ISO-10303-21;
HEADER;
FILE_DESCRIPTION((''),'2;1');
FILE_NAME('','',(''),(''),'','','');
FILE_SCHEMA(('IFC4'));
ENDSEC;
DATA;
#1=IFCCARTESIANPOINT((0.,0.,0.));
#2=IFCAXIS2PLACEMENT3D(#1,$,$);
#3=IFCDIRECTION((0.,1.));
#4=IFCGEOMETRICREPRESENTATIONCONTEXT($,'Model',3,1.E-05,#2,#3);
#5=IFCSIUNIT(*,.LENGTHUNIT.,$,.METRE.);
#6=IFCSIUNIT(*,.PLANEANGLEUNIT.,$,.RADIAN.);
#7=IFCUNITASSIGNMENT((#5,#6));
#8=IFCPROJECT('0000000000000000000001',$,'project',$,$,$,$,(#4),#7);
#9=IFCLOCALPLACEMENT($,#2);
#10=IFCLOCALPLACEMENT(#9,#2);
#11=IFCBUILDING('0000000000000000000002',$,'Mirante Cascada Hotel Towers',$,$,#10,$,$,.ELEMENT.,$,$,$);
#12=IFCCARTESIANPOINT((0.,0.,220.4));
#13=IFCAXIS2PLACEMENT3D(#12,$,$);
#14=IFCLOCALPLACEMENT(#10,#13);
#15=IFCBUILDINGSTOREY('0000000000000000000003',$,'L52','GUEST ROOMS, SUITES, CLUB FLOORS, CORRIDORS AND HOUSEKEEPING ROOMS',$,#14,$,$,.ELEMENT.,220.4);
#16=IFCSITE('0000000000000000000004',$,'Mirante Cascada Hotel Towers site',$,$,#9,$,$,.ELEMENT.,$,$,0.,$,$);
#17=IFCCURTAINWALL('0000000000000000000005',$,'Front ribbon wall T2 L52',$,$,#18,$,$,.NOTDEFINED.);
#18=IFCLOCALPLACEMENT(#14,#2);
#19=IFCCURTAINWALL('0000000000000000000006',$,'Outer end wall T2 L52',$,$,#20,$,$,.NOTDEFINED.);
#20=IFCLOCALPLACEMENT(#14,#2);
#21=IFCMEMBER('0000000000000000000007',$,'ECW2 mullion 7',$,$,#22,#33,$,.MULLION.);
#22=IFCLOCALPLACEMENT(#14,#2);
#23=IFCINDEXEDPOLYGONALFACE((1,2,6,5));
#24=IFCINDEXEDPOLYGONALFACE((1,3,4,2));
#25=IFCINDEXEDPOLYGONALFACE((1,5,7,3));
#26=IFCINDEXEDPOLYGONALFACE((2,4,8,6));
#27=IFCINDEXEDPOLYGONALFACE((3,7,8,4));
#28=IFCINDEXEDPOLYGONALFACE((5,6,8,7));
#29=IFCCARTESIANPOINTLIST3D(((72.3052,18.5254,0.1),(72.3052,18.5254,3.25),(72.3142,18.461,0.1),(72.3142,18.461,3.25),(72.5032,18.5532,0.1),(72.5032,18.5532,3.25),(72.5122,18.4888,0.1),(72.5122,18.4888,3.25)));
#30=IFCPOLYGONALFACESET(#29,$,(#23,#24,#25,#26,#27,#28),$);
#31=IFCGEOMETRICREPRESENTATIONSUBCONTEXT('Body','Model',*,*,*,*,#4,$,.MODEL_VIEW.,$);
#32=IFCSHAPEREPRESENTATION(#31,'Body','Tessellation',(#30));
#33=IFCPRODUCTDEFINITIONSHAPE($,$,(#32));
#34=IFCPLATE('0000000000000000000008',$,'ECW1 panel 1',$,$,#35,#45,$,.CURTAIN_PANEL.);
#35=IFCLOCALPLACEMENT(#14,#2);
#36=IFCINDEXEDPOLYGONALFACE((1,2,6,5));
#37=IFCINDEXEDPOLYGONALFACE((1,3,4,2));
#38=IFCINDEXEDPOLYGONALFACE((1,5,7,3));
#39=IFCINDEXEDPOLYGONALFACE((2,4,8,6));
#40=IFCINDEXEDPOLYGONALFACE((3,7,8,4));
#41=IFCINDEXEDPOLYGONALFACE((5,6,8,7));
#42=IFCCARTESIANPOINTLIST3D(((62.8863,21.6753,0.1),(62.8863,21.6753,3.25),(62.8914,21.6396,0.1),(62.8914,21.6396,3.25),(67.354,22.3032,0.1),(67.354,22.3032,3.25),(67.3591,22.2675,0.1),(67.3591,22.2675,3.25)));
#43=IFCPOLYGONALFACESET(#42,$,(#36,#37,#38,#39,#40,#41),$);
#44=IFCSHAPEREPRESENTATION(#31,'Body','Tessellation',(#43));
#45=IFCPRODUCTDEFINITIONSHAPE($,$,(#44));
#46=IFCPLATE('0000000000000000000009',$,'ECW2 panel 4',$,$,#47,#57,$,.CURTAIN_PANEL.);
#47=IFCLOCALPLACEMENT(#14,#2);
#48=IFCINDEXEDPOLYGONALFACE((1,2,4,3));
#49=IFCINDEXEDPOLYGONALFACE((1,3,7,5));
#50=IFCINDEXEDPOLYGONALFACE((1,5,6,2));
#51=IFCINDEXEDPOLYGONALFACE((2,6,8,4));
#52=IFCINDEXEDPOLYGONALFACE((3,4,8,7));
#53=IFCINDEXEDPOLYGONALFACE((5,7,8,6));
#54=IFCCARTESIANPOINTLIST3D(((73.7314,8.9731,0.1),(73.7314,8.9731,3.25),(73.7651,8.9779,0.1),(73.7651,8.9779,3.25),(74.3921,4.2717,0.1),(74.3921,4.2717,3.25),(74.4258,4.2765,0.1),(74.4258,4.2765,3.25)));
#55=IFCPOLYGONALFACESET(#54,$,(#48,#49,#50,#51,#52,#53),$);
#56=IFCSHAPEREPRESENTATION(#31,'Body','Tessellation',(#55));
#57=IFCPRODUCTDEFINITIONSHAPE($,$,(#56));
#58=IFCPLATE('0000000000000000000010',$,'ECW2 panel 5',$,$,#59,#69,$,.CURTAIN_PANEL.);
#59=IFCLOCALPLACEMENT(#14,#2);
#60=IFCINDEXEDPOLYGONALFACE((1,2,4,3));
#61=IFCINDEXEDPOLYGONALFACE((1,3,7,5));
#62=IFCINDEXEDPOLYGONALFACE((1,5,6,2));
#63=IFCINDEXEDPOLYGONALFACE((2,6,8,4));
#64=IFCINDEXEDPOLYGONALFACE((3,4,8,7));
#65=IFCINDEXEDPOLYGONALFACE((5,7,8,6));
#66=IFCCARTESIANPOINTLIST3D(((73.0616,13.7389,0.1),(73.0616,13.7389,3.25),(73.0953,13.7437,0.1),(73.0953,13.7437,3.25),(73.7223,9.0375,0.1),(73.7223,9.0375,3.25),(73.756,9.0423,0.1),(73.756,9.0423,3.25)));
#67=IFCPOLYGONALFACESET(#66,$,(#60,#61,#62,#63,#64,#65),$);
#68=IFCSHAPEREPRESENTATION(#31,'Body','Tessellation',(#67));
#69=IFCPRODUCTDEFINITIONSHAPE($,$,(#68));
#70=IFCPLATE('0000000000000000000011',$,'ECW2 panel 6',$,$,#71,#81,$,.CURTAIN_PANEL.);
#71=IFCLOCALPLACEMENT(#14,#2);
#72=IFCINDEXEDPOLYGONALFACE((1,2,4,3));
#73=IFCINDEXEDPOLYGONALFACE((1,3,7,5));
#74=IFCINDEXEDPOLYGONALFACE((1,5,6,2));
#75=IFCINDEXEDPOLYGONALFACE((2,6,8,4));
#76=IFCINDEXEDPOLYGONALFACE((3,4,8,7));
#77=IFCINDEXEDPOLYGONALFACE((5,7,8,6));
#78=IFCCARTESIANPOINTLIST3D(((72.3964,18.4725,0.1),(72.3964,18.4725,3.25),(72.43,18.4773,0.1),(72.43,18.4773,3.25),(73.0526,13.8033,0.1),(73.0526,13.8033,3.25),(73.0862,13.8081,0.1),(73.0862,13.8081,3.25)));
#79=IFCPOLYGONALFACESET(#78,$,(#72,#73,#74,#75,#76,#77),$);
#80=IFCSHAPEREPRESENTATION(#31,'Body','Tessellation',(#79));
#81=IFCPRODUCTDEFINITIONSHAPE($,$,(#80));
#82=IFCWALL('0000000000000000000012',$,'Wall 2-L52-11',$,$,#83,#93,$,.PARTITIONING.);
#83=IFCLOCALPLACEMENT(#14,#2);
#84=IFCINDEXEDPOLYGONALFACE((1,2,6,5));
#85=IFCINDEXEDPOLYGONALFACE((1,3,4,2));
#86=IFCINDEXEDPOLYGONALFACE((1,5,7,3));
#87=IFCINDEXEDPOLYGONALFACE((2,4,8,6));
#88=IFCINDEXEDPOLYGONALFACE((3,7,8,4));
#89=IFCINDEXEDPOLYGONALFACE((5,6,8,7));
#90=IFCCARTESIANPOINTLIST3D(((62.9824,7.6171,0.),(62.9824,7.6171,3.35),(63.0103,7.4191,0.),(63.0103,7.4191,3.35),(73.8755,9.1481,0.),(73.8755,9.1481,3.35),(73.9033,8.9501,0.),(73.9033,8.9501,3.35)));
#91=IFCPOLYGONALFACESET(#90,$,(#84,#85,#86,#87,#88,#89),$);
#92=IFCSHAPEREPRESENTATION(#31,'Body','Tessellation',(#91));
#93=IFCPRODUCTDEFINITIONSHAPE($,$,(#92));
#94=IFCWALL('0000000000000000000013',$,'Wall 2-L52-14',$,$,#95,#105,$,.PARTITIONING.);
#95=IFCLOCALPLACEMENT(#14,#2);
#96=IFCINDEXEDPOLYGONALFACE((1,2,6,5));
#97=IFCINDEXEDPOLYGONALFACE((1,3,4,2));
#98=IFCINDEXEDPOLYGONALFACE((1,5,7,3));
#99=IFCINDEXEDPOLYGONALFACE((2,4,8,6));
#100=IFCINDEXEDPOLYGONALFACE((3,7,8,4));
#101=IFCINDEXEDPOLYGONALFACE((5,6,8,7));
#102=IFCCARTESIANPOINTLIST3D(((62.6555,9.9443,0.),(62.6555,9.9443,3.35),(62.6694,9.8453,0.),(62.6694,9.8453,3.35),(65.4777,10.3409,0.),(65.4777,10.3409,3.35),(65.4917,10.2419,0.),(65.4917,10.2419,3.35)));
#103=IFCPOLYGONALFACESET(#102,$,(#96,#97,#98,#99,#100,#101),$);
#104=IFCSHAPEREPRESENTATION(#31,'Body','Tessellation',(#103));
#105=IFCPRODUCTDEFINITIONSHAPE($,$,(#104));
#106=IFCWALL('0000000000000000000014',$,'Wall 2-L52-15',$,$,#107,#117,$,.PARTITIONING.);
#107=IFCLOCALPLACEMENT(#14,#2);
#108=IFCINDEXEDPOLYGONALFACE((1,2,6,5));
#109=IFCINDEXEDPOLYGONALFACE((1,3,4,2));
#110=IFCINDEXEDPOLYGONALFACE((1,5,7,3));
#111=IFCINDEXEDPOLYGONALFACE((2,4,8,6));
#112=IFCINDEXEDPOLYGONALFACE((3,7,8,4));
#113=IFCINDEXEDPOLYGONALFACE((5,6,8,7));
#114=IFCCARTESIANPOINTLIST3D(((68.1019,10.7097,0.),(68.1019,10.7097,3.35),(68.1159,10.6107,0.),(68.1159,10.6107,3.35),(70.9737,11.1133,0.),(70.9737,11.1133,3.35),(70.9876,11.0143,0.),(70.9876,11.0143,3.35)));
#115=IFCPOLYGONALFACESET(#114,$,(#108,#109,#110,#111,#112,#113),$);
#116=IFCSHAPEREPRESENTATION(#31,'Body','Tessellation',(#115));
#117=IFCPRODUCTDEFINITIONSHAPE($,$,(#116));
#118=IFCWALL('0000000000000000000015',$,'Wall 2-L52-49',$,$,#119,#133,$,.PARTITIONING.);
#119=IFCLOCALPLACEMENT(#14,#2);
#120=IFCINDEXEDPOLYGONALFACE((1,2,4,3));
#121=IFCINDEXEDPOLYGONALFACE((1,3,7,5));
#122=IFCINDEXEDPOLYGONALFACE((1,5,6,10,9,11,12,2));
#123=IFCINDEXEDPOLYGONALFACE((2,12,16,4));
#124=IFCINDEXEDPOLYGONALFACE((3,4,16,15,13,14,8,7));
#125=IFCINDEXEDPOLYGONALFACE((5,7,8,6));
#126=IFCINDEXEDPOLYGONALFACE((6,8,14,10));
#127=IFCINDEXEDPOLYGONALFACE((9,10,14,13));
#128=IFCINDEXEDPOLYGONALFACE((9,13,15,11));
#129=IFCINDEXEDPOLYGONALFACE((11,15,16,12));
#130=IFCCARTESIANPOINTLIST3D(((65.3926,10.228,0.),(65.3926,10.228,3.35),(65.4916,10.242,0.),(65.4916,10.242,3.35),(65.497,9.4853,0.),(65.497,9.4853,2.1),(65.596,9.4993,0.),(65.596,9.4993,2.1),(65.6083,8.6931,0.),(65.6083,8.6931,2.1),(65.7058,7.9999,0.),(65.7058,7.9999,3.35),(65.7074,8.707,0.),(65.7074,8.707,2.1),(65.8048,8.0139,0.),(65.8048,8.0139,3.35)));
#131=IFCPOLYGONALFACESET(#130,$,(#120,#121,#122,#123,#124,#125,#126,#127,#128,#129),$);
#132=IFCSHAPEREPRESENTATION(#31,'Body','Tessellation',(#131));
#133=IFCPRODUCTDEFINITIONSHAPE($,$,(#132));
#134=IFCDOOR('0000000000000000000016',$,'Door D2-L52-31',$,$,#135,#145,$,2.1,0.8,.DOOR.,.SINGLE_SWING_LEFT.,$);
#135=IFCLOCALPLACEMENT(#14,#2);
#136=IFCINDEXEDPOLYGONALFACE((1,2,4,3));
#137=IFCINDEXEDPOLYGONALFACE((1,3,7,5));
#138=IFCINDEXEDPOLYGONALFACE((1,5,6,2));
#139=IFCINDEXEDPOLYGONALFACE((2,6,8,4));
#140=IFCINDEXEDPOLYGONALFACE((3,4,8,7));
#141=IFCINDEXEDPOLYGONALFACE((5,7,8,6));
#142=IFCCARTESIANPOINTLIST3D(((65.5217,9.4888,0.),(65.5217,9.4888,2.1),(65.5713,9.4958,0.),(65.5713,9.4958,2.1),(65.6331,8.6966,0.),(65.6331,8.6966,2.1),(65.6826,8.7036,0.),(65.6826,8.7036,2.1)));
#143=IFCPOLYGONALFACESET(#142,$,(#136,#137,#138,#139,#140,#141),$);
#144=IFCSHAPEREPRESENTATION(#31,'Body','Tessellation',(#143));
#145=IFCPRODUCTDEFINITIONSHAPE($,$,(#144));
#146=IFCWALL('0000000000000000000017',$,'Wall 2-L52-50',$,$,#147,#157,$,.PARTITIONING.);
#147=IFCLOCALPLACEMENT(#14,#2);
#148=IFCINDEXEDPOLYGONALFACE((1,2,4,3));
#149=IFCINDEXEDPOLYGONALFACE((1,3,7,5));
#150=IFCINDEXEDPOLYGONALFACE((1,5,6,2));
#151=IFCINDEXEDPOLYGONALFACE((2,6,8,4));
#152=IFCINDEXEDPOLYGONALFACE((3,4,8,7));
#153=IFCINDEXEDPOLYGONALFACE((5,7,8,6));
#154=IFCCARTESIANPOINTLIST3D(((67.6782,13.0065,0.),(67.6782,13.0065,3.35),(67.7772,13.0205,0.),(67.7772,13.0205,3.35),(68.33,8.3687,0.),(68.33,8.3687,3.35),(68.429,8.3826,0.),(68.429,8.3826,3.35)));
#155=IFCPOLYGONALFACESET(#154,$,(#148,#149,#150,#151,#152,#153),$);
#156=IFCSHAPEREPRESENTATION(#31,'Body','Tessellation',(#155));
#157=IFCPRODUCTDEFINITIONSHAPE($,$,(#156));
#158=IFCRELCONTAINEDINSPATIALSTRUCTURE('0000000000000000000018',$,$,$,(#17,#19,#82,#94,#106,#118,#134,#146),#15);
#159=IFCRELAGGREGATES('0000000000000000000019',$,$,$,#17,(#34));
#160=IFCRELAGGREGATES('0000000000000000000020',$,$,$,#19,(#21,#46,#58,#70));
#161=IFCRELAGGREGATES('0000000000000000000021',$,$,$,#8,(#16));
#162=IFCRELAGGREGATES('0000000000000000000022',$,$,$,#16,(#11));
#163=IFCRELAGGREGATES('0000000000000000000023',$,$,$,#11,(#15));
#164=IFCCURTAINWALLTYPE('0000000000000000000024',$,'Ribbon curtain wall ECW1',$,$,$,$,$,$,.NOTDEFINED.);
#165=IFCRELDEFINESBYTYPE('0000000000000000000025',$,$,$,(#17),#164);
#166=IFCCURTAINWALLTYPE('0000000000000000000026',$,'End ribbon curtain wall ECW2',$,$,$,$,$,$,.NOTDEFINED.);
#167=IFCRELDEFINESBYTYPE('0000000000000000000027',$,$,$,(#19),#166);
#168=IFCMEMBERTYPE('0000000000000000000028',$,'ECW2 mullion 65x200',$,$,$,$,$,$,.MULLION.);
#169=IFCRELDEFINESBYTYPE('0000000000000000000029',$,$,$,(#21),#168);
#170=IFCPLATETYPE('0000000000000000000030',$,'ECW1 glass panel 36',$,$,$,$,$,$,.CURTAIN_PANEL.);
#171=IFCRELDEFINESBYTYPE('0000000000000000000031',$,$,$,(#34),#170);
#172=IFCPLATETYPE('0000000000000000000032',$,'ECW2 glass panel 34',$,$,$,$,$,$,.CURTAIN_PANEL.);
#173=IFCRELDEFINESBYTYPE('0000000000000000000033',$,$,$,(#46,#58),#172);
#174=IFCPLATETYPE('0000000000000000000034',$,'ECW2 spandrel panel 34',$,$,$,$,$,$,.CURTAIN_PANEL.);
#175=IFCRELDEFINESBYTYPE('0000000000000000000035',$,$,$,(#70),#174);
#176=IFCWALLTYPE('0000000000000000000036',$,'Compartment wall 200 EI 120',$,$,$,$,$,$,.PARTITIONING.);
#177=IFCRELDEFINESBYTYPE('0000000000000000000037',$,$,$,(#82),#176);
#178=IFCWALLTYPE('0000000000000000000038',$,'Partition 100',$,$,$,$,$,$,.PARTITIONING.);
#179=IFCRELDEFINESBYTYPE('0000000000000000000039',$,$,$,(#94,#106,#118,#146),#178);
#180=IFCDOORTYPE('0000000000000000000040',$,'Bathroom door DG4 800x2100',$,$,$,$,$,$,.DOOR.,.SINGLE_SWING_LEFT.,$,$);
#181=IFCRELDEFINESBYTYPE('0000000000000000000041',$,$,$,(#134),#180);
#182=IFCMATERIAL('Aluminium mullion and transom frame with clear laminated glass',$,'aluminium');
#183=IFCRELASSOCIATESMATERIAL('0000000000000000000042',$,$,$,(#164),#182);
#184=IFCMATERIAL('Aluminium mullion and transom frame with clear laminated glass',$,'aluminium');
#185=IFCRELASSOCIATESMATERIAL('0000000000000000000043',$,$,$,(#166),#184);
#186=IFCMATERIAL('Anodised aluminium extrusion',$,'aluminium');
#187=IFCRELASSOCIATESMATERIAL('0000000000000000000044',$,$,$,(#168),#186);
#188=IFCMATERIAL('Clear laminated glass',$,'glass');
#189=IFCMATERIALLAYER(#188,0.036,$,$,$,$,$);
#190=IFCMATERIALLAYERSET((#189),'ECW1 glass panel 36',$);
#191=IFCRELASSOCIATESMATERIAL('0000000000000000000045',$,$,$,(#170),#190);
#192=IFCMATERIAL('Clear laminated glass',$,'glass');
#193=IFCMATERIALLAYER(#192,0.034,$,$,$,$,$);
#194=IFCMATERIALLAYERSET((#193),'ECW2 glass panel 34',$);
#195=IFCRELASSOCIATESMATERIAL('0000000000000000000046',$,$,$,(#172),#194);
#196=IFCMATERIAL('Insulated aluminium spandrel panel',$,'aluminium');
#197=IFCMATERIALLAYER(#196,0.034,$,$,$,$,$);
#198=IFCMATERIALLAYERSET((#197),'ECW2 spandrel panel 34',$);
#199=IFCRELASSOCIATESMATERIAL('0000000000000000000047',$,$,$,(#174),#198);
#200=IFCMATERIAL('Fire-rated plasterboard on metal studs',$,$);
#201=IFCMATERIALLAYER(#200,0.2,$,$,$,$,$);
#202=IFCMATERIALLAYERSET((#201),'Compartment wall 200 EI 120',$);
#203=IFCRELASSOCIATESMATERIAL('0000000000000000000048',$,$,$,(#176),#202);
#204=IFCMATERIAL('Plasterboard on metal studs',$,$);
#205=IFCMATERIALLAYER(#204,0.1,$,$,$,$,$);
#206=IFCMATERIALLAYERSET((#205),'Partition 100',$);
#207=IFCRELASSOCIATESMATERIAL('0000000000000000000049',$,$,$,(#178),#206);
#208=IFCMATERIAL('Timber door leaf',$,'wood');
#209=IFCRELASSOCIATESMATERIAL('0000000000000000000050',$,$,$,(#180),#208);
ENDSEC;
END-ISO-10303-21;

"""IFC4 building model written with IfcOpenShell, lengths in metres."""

from ifc_helpers import new_model, si_unit, direction, frame, frame_2d, origin, origin_2d, place, context, subcontext, project, spatial, rectangle, extrude, material, layer, layer_set, material_profile, profile_set, type_object, element, fill, aggregate, save


model = new_model("IFC4")

# Units and contexts
model_context = context("Model", 3, precision=1e-05, world=origin(), true_north=direction((0.0, 1.0)))
body_context = subcontext(model_context, "Body", "Model", "MODEL_VIEW")
ifc_project = project(units=[si_unit("LENGTHUNIT", "METRE"), si_unit("PLANEANGLEUNIT", "RADIAN")], contexts=[model_context])

# Site, building, storey
site_placement = place(None, origin())
site = spatial("IfcSite", under=ifc_project, at=site_placement, Name="Mirante Cascada Hotel Towers site", CompositionType="ELEMENT", RefElevation=0.0)
building_placement = place(site_placement, origin())
building = spatial("IfcBuilding", under=site, at=building_placement, Name="Mirante Cascada Hotel Towers", CompositionType="ELEMENT")
storey_placement = place(building_placement, frame((0.0, 0.0, 220.4)))
storey = spatial("IfcBuildingStorey", under=building, at=storey_placement, Name="L52", Description="GUEST ROOMS, SUITES, CLUB FLOORS, CORRIDORS AND HOUSEKEEPING ROOMS", CompositionType="ELEMENT", Elevation=220.4)

# Curtain walls, member
ifc_material_1 = material(Name="Aluminium mullion and transom frame with clear laminated glass", Category="aluminium")
curtain_wall_type_1 = type_object("IfcCurtainWallType", Name="Ribbon curtain wall ECW1", PredefinedType="NOTDEFINED", material=ifc_material_1)
curtain_wall_1_placement = place(storey_placement, origin())
curtain_wall_1 = element("IfcCurtainWall", 1, at=curtain_wall_1_placement, inside=storey, type_object=curtain_wall_type_1, Name="Front ribbon wall T2 L52", PredefinedType="NOTDEFINED")
ifc_material_2 = material(Name="Aluminium mullion and transom frame with clear laminated glass", Category="aluminium")
curtain_wall_type_2 = type_object("IfcCurtainWallType", Name="End ribbon curtain wall ECW2", PredefinedType="NOTDEFINED", material=ifc_material_2)
curtain_wall_2_placement = place(storey_placement, origin())
curtain_wall_2 = element("IfcCurtainWall", 2, at=curtain_wall_2_placement, inside=storey, type_object=curtain_wall_type_2, Name="Outer end wall T2 L52", PredefinedType="NOTDEFINED")
ifc_material_3 = material(Name="Anodised aluminium extrusion", Category="aluminium")
ifc_material_profile_1 = material_profile(ifc_material_3, rectangle(XDim=0.2, YDim=0.065, at=origin_2d()), Name="ECW2 MULLION 65x200")
ifc_profile_set_1 = profile_set([ifc_material_profile_1], Name="Anodised aluminium extrusion")
member_type_1 = type_object("IfcMemberType", Name="ECW2 mullion 65x200", PredefinedType="MULLION", material=ifc_profile_set_1)
member_1_placement = place(storey_placement, frame((72.4087, 18.5071, 0.1), z_axis=(0.0, 0.0, 1.0), x_axis=(-0.990268, -0.139173, 0.0)))
member_1 = element("IfcMember", 3, at=member_1_placement, type_object=member_type_1, Name="ECW2 mullion 7", PredefinedType="MULLION", context=body_context, shape_type="SweptSolid", body=[
    extrude(rectangle(XDim=0.2, YDim=0.065, at=origin_2d()), origin(), (0.0, 0.0, 1.0), 3.15),
])

# Plates
ifc_material_4 = material(Name="Clear laminated glass", Category="glass")
ifc_layer_1 = layer(ifc_material_4, 0.036)
ifc_layer_set_1 = layer_set([ifc_layer_1], Name="ECW1 glass panel 36")
plate_type_1 = type_object("IfcPlateType", Name="ECW1 glass panel 36", PredefinedType="CURTAIN_PANEL", material=ifc_layer_set_1)
plate_1_placement = place(storey_placement, frame((65.1227, 21.9714, 0.1), z_axis=(0.0, 0.0, 1.0), x_axis=(-0.990268, -0.139173, 0.0)))
plate_1 = element("IfcPlate", 4, at=plate_1_placement, type_object=plate_type_1, Name="ECW1 panel 1", PredefinedType="CURTAIN_PANEL", context=body_context, shape_type="SweptSolid", body=[
    extrude(rectangle(XDim=4.5116, YDim=0.036, at=origin_2d()), origin(), (0.0, 0.0, 1.0), 3.15),
])
aggregate(curtain_wall_1, [plate_1])
ifc_material_5 = material(Name="Clear laminated glass", Category="glass")
ifc_layer_2 = layer(ifc_material_5, 0.034)
ifc_layer_set_2 = layer_set([ifc_layer_2], Name="ECW2 glass panel 34")
plate_type_2 = type_object("IfcPlateType", Name="ECW2 glass panel 34", PredefinedType="CURTAIN_PANEL", material=ifc_layer_set_2)
plate_2_placement = place(storey_placement, frame((74.0786, 6.6248, 0.1), z_axis=(0.0, 0.0, 1.0), x_axis=(-0.139173, 0.990268, 0.0)))
plate_2 = element("IfcPlate", 5, at=plate_2_placement, type_object=plate_type_2, Name="ECW2 panel 4", PredefinedType="CURTAIN_PANEL", context=body_context, shape_type="SweptSolid", body=[
    extrude(rectangle(XDim=4.7476, YDim=0.034, at=origin_2d()), origin(), (0.0, 0.0, 1.0), 3.15),
])
plate_3_placement = place(storey_placement, frame((73.4088, 11.3906, 0.1), z_axis=(0.0, 0.0, 1.0), x_axis=(-0.139173, 0.990268, 0.0)))
plate_3 = element("IfcPlate", 6, at=plate_3_placement, type_object=plate_type_2, Name="ECW2 panel 5", PredefinedType="CURTAIN_PANEL", context=body_context, shape_type="SweptSolid", body=[
    extrude(rectangle(XDim=4.7476, YDim=0.034, at=origin_2d()), origin(), (0.0, 0.0, 1.0), 3.15),
])
ifc_material_6 = material(Name="Insulated aluminium spandrel panel", Category="aluminium")
ifc_layer_3 = layer(ifc_material_6, 0.034)
ifc_layer_set_3 = layer_set([ifc_layer_3], Name="ECW2 spandrel panel 34")
plate_type_3 = type_object("IfcPlateType", Name="ECW2 spandrel panel 34", PredefinedType="CURTAIN_PANEL", material=ifc_layer_set_3)
plate_4_placement = place(storey_placement, frame((72.7413, 16.1403, 0.1), z_axis=(0.0, 0.0, 1.0), x_axis=(-0.139173, 0.990268, 0.0)))
plate_4 = element("IfcPlate", 7, at=plate_4_placement, type_object=plate_type_3, Name="ECW2 panel 6", PredefinedType="CURTAIN_PANEL", context=body_context, shape_type="SweptSolid", body=[
    extrude(rectangle(XDim=4.7151, YDim=0.034, at=origin_2d()), origin(), (0.0, 0.0, 1.0), 3.15),
])
aggregate(curtain_wall_2, [member_1, plate_2, plate_3, plate_4])

# Walls
ifc_material_7 = material(Name="Fire-rated plasterboard on metal studs")
ifc_layer_4 = layer(ifc_material_7, 0.2)
ifc_layer_set_4 = layer_set([ifc_layer_4], Name="Compartment wall 200 EI 120")
wall_type_1 = type_object("IfcWallType", Name="Compartment wall 200 EI 120", PredefinedType="PARTITIONING", material=ifc_layer_set_4)
wall_1_placement = place(storey_placement, frame((62.9964, 7.5181, 0.0), z_axis=(0.0, 0.0, 1.0), x_axis=(0.990267, 0.139181, 0.0)))
element("IfcWall", 8, at=wall_1_placement, inside=storey, type_object=wall_type_1, Name="Wall 2-L52-11", PredefinedType="PARTITIONING", context=body_context, shape_type="SweptSolid", body=[
    extrude(rectangle(XDim=11.0001, YDim=0.2, at=frame_2d((5.5, 0.0))), origin(), (0.0, 0.0, 1.0), 3.35),
])
ifc_material_8 = material(Name="Plasterboard on metal studs")
ifc_layer_5 = layer(ifc_material_8, 0.1)
ifc_layer_set_5 = layer_set([ifc_layer_5], Name="Partition 100")
wall_type_2 = type_object("IfcWallType", Name="Partition 100", PredefinedType="PARTITIONING", material=ifc_layer_set_5)
wall_2_placement = place(storey_placement, frame((65.4847, 10.2914, 0.0), z_axis=(0.0, 0.0, 1.0), x_axis=(-0.99027, -0.139156, 0.0)))
element("IfcWall", 9, at=wall_2_placement, inside=storey, type_object=wall_type_2, Name="Wall 2-L52-14", PredefinedType="PARTITIONING", context=body_context, shape_type="SweptSolid", body=[
    extrude(rectangle(XDim=2.85, YDim=0.1, at=frame_2d((1.425, 0.0))), origin(), (0.0, 0.0, 1.0), 3.35),
])
wall_3_placement = place(storey_placement, frame((68.1089, 10.6602, 0.0), z_axis=(0.0, 0.0, 1.0), x_axis=(0.990268, 0.139171, 0.0)))
element("IfcWall", 10, at=wall_3_placement, inside=storey, type_object=wall_type_2, Name="Wall 2-L52-15", PredefinedType="PARTITIONING", context=body_context, shape_type="SweptSolid", body=[
    extrude(rectangle(XDim=2.9, YDim=0.1, at=frame_2d((1.45, 0.0))), origin(), (0.0, 0.0, 1.0), 3.35),
])

# Wall, opening, door
wall_4_placement = place(storey_placement, frame((65.7553, 8.0069, 0.0), z_axis=(0.0, 0.0, 1.0), x_axis=(-0.1392, 0.990264, 0.0)))
wall_4 = element("IfcWall", 11, at=wall_4_placement, inside=storey, type_object=wall_type_2, Name="Wall 2-L52-49", PredefinedType="PARTITIONING", context=body_context, shape_type="SweptSolid", body=[
    extrude(rectangle(XDim=2.25, YDim=0.1, at=frame_2d((1.125, 0.0))), origin(), (0.0, 0.0, 1.0), 3.35),
])
opening_1_placement = place(wall_4_placement, frame((0.7, 0.0, 0.0)))
opening_1 = element("IfcOpeningElement", 12, at=opening_1_placement, cuts=wall_4, PredefinedType="OPENING", context=body_context, shape_type="SweptSolid", body=[
    extrude(rectangle(XDim=0.8, YDim=2.1, at=frame_2d((0.4, 1.05))), frame((0.0, 0.05, 0.0), z_axis=(0.0, -1.0, 0.0), x_axis=(1.0, 0.0, 0.0)), (0.0, 0.0, 1.0), 0.1),
])
ifc_material_9 = material(Name="Timber door leaf", Category="wood")
door_type = type_object("IfcDoorType", Name="Bathroom door DG4 800x2100", OperationType="SINGLE_SWING_LEFT", PredefinedType="DOOR", material=ifc_material_9)
door_1_placement = place(opening_1_placement, origin())
door_1 = element("IfcDoor", 13, at=door_1_placement, inside=storey, type_object=door_type, Name="Door D2-L52-31", OperationType="SINGLE_SWING_LEFT", OverallHeight=2.1, OverallWidth=0.8, PredefinedType="DOOR", context=body_context, shape_type="SweptSolid", body=[
    extrude(rectangle(XDim=0.8, YDim=2.1, at=frame_2d((0.4, 1.05))), frame((0.0, 0.025, 0.0), z_axis=(0.0, -1.0, 0.0), x_axis=(1.0, 0.0, 0.0)), (0.0, 0.0, 1.0), 0.05),
])
fill(opening_1, door_1)

# Wall
wall_5_placement = place(storey_placement, frame((67.7277, 13.0135, 0.0), z_axis=(0.0, 0.0, 1.0), x_axis=(0.139173, -0.990268, 0.0)))
element("IfcWall", 14, at=wall_5_placement, inside=storey, type_object=wall_type_2, Name="Wall 2-L52-50", PredefinedType="PARTITIONING", context=body_context, shape_type="SweptSolid", body=[
    extrude(rectangle(XDim=4.6834, YDim=0.1, at=frame_2d((2.3417, 0.0))), origin(), (0.0, 0.0, 1.0), 3.35),
])

save(model, "model.ifc")
